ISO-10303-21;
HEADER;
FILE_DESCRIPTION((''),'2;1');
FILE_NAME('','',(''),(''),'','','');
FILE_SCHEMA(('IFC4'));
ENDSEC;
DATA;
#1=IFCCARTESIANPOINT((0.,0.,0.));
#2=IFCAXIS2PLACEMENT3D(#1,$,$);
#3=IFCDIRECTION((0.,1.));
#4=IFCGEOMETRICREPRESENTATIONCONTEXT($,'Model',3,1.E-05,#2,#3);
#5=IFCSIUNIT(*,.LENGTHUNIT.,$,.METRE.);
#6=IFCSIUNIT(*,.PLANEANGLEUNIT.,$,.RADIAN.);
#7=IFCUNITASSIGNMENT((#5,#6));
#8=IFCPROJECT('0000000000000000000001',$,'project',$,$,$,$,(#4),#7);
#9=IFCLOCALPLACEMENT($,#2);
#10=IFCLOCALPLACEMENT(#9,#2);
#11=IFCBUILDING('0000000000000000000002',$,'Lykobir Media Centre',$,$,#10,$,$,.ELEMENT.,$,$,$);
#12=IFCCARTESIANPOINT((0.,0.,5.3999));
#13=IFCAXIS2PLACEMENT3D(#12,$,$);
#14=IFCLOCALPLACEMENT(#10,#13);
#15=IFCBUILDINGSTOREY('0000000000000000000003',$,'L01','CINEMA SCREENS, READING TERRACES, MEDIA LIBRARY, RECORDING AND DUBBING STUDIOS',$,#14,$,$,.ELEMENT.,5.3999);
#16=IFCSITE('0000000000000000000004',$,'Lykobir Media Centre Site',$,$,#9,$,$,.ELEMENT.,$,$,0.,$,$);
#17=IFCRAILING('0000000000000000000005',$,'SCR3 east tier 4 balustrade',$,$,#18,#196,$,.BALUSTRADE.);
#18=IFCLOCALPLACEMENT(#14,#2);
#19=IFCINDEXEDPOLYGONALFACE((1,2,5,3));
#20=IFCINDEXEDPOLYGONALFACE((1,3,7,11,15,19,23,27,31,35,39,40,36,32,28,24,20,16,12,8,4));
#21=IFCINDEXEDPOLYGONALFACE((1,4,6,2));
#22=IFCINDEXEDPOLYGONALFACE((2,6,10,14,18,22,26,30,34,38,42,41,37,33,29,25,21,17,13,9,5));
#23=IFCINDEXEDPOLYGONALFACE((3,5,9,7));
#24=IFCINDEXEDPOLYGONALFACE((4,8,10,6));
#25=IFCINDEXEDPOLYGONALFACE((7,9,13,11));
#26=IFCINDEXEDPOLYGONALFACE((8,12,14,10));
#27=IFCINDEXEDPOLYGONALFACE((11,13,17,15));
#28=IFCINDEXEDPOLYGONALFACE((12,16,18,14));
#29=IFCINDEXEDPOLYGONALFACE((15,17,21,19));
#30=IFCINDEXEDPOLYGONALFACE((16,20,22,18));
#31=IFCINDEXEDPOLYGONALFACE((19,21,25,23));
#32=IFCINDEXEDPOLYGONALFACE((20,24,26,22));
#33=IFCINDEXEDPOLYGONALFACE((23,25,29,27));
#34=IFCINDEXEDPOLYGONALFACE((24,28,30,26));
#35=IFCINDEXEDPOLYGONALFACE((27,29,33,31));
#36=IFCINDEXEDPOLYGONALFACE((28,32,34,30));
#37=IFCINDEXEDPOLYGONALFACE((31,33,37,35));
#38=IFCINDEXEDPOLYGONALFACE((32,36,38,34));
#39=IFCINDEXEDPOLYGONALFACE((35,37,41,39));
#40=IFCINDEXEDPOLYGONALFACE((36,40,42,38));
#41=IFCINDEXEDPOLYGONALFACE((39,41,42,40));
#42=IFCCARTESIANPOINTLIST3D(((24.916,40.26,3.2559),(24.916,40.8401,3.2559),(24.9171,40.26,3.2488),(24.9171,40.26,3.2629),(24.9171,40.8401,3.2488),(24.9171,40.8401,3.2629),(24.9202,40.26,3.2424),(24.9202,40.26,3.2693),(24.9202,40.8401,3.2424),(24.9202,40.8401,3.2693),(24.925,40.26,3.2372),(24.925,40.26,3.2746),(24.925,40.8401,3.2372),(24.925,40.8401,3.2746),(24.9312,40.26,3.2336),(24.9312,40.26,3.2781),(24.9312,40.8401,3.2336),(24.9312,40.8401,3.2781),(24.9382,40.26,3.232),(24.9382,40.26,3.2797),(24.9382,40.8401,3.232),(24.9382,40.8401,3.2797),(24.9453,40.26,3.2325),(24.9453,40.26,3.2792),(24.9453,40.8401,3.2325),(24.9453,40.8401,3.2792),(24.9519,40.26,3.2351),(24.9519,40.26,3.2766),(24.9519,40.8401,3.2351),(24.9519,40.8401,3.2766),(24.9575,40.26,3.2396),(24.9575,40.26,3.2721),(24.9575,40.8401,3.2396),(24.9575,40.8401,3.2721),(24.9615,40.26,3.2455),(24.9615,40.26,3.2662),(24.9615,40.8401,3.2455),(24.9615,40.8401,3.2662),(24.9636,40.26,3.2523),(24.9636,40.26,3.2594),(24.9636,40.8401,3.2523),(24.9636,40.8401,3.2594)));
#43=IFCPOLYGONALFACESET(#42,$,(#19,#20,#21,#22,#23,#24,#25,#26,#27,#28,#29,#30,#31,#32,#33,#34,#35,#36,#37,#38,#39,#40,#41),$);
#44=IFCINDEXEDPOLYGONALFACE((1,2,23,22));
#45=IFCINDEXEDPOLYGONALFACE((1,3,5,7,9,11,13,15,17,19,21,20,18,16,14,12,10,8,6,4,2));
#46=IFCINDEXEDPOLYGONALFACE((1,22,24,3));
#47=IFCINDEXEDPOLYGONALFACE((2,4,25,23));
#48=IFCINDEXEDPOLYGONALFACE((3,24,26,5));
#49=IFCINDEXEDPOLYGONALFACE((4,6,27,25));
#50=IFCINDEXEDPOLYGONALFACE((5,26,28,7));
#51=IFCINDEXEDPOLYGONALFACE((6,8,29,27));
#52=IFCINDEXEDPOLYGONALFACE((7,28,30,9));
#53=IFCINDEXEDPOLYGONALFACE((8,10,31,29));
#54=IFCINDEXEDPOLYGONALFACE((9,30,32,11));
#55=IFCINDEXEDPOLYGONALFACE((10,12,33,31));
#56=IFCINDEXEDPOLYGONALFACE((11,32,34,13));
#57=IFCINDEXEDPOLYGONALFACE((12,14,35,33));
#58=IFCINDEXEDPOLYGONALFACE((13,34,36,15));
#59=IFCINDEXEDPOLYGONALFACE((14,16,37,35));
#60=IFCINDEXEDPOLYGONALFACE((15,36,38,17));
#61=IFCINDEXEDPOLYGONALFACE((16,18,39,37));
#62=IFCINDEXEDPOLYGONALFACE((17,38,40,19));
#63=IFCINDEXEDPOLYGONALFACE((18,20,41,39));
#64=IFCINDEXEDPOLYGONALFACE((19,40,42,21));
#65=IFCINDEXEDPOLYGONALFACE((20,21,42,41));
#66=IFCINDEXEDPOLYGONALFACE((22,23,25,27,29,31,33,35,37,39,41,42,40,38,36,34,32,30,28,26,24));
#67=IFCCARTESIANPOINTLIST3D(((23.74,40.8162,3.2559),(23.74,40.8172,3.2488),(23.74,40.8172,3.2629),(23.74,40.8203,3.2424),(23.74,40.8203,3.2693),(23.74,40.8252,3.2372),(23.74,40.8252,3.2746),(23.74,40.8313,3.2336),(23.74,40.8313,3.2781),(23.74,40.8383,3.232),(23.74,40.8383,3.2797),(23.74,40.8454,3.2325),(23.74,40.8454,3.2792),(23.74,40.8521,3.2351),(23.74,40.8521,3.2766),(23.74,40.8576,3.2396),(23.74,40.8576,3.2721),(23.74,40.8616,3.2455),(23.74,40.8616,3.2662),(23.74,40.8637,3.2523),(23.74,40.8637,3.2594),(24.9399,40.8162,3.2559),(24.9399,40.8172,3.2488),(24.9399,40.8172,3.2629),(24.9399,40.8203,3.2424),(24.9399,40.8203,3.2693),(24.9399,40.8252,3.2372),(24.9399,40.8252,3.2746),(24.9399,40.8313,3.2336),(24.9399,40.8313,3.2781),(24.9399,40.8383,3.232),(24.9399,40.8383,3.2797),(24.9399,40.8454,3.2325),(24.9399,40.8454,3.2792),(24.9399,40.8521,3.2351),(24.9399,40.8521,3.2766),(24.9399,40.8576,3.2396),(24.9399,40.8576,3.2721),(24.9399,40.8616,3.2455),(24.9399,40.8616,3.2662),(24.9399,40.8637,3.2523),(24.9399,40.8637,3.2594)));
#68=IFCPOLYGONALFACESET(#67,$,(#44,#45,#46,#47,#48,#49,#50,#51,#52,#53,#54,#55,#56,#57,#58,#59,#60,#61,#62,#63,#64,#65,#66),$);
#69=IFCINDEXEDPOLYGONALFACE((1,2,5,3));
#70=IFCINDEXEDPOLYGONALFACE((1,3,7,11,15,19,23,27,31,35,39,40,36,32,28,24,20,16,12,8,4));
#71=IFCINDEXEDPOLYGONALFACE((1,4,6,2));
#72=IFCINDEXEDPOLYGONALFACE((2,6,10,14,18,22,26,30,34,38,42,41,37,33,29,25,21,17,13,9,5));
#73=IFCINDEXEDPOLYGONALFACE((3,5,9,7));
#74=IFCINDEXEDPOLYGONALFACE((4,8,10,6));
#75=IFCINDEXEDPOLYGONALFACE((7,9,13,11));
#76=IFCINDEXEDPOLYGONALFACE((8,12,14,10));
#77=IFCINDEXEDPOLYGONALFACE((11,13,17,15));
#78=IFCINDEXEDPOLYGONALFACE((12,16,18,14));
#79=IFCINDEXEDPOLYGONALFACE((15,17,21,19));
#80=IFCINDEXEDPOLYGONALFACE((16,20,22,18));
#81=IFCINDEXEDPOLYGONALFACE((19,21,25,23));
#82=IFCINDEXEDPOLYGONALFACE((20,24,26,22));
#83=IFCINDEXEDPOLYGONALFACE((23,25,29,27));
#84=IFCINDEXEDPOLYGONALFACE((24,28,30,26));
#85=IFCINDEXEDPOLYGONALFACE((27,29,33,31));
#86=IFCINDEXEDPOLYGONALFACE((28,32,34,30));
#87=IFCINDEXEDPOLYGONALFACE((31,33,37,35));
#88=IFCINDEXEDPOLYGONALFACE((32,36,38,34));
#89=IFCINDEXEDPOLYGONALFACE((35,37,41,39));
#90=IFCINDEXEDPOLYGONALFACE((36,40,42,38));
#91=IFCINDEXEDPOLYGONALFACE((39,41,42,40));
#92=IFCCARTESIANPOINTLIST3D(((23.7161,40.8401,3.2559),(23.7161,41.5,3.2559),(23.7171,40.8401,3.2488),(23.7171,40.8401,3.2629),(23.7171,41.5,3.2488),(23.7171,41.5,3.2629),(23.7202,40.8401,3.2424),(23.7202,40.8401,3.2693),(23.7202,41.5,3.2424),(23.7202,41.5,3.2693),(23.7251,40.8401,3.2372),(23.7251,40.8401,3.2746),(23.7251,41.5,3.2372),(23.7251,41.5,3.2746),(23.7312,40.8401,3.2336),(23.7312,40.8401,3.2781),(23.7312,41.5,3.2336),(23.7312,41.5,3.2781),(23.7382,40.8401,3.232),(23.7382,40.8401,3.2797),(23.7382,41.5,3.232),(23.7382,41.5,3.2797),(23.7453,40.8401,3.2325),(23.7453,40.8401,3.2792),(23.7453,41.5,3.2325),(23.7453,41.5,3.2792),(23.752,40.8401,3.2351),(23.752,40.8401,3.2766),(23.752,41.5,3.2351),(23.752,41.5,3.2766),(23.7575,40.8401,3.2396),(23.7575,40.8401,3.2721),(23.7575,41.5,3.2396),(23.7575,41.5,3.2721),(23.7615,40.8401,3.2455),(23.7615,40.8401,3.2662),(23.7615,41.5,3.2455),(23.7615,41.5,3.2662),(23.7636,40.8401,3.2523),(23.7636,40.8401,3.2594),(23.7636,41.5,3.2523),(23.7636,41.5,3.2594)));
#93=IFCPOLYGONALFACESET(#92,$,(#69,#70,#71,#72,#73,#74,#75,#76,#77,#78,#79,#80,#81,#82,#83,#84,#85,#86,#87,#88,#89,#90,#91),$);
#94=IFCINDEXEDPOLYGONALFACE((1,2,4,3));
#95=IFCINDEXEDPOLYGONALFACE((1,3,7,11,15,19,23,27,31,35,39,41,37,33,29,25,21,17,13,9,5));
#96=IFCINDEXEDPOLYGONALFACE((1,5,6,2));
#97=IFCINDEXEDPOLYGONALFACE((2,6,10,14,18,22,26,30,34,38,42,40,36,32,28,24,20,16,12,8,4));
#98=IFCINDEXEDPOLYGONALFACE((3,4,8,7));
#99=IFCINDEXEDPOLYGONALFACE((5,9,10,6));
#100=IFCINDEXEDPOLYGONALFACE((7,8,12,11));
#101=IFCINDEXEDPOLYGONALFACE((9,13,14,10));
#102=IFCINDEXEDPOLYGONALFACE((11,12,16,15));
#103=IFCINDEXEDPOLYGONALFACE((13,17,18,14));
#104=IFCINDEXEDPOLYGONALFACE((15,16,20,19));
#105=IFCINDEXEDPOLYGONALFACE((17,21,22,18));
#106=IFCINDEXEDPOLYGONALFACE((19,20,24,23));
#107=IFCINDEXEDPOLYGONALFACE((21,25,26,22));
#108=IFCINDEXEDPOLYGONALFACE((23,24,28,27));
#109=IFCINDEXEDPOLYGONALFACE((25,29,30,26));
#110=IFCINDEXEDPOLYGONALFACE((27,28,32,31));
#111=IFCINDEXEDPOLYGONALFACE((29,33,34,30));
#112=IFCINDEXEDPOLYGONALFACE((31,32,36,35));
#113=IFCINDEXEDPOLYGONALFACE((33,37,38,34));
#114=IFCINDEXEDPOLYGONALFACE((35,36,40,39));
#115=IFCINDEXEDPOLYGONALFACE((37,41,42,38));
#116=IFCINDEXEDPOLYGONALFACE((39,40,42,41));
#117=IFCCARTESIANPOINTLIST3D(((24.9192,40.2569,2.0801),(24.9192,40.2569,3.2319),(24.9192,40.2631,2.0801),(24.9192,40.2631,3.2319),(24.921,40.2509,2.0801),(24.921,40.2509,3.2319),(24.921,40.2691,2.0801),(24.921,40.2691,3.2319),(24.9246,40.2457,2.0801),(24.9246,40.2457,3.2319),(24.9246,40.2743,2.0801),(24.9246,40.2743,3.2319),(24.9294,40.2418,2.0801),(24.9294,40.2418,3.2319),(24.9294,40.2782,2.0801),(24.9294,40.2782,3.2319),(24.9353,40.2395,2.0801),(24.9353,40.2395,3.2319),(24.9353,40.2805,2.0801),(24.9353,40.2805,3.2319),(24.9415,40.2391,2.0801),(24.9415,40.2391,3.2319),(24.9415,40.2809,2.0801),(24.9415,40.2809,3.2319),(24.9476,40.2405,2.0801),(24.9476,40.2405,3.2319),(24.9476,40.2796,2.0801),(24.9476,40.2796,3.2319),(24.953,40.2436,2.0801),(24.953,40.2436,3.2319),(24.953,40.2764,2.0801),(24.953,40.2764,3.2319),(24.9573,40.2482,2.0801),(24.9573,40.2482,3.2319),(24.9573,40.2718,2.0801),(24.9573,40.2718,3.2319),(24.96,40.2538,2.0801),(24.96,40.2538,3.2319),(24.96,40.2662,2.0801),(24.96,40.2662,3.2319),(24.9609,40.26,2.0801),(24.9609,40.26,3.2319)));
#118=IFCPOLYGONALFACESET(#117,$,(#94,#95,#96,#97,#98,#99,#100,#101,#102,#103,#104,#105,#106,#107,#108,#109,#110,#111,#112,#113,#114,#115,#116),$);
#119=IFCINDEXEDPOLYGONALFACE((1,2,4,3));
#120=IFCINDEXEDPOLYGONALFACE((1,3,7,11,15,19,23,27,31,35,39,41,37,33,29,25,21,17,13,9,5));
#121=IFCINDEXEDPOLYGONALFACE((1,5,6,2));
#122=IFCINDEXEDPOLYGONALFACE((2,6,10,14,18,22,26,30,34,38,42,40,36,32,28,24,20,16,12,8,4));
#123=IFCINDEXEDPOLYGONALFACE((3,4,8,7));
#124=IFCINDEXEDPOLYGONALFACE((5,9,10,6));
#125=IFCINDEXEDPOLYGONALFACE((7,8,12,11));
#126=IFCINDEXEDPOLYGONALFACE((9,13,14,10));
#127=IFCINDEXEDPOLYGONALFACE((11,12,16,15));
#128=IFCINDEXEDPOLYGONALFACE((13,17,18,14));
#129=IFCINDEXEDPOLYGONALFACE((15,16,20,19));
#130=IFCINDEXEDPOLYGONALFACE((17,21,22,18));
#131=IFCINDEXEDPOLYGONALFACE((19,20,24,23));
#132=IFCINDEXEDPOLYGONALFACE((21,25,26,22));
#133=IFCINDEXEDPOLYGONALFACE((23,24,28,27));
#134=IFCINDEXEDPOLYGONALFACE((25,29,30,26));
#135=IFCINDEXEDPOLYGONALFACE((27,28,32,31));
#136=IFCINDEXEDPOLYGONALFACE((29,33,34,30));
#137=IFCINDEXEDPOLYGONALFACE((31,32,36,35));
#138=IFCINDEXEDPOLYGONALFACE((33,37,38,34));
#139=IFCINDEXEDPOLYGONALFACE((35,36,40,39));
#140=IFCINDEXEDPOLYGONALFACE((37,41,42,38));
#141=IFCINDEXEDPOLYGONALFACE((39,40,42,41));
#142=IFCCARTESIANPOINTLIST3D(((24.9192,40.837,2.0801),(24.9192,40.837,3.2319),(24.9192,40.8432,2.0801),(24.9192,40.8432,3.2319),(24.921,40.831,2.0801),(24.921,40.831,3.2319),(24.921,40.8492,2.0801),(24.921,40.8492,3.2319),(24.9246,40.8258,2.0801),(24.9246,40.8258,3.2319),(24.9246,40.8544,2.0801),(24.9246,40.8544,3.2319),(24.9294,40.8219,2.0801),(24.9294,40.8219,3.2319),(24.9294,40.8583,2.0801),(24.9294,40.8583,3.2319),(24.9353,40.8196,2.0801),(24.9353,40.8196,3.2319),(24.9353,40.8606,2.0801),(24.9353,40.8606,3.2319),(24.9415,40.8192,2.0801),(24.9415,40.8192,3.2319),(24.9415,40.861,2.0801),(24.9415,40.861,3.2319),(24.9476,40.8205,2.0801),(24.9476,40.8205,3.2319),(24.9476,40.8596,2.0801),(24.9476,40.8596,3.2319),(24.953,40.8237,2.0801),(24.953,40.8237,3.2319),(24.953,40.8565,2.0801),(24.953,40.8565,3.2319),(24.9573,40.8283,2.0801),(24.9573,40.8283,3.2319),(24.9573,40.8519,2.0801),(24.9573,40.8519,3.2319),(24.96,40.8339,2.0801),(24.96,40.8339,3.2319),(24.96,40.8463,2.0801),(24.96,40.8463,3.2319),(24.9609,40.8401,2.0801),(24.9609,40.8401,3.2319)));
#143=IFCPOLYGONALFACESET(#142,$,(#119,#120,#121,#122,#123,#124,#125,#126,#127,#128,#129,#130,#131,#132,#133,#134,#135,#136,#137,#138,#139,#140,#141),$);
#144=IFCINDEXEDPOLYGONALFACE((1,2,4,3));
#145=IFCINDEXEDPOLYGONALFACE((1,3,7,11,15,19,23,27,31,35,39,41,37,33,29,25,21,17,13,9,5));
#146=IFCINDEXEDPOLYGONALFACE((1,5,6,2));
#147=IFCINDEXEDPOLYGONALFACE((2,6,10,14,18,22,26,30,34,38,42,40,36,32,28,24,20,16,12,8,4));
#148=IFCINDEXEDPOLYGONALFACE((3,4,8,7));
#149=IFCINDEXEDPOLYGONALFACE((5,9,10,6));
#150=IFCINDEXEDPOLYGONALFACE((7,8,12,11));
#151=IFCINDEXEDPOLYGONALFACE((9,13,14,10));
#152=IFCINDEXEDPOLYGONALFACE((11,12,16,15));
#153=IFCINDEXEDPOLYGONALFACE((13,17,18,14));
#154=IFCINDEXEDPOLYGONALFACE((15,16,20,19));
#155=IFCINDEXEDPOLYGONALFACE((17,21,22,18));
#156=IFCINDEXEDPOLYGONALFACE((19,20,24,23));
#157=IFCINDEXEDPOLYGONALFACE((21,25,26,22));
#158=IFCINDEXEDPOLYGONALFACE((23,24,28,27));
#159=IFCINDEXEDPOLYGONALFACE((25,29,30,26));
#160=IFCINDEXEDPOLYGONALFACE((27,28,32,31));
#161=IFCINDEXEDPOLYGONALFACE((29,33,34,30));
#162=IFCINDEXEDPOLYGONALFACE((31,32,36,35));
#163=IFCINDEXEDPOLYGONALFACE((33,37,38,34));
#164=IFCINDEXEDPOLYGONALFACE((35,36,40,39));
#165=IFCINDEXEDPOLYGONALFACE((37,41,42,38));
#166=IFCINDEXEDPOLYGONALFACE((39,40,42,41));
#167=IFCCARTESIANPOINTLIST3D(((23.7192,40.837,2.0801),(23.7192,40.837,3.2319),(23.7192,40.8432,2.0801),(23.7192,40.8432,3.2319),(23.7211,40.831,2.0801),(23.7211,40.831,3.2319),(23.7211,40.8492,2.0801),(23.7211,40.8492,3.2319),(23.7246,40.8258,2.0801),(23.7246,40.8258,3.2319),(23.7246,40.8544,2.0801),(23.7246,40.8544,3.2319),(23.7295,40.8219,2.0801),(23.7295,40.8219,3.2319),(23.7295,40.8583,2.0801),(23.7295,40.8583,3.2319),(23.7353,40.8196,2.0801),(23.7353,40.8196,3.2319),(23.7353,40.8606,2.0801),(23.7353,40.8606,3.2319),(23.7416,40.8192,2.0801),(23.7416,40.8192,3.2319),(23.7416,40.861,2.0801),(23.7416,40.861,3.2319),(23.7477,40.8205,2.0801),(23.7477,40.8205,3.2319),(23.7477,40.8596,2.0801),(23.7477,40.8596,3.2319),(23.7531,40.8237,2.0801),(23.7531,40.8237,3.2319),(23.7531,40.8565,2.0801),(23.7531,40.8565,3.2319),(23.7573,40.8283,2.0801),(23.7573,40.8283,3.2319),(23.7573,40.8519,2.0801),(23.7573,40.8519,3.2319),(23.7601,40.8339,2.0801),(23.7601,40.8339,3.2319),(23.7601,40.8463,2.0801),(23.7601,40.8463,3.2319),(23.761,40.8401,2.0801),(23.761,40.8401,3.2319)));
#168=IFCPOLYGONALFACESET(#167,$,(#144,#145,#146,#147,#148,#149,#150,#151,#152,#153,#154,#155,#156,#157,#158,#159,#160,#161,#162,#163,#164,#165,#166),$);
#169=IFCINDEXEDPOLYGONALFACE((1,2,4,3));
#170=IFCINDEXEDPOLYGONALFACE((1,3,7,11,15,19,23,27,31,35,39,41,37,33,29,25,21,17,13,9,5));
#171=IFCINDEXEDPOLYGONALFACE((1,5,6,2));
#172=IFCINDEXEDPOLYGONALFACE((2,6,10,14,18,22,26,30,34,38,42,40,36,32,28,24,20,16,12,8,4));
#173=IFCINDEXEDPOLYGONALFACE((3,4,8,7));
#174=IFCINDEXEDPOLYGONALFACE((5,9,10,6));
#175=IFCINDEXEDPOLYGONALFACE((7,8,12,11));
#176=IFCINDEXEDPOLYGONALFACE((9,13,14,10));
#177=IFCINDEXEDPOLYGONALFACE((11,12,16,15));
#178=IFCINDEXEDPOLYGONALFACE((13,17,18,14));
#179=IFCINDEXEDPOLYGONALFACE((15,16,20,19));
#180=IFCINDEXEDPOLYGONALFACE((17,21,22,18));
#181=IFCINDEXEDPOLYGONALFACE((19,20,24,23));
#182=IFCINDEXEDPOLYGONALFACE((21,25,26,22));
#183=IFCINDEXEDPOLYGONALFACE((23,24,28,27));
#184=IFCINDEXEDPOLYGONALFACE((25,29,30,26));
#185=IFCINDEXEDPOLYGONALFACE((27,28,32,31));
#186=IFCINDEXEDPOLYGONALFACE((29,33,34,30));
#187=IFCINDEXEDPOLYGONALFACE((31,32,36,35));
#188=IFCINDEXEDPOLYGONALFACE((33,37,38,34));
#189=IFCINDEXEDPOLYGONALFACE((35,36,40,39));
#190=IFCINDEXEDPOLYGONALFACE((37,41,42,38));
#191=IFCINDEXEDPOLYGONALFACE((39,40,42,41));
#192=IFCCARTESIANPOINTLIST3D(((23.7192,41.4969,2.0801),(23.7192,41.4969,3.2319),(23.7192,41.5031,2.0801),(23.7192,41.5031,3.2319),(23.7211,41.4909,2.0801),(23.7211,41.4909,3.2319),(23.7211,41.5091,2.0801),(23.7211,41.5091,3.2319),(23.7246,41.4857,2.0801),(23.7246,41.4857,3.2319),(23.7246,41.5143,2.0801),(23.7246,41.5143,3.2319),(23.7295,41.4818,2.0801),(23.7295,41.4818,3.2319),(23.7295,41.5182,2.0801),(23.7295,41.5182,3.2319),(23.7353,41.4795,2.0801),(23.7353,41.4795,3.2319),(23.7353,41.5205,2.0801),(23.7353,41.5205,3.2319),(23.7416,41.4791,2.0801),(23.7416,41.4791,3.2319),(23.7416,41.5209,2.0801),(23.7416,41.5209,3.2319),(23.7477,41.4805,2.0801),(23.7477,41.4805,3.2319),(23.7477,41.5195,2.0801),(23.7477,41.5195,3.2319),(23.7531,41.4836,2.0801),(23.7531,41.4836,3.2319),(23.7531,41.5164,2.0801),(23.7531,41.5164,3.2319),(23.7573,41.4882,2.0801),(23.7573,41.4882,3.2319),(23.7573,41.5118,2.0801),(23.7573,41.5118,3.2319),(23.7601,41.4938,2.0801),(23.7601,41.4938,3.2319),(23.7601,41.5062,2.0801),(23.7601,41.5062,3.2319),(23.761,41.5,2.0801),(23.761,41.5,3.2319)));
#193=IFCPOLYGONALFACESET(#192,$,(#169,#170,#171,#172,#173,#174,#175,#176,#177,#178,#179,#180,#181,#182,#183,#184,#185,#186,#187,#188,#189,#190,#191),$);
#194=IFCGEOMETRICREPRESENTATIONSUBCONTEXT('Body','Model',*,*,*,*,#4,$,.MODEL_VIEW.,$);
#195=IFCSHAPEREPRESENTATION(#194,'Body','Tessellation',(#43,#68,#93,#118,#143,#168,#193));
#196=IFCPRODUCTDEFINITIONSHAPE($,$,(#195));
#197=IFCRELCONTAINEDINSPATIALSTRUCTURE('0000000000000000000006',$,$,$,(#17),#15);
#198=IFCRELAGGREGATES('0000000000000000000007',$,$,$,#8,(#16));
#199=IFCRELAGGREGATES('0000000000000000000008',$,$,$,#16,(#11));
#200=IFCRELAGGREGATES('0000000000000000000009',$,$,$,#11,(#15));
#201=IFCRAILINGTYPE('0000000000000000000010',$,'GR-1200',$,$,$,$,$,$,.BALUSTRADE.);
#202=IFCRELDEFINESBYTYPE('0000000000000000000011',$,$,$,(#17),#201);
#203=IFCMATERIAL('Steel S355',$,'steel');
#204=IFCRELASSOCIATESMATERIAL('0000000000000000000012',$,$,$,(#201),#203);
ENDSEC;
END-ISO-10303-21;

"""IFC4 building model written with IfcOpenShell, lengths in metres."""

from ifc_helpers import new_model, si_unit, direction, frame, origin, origin_2d, place, context, subcontext, project, spatial, circle, extrude, material, type_object, element, save


model = new_model("IFC4")

# Units and contexts
model_context = context("Model", 3, precision=1e-05, world=origin(), true_north=direction((0.0, 1.0)))
body_context = subcontext(model_context, "Body", "Model", "MODEL_VIEW")
ifc_project = project(units=[si_unit("LENGTHUNIT", "METRE"), si_unit("PLANEANGLEUNIT", "RADIAN")], contexts=[model_context])

# Site, building, storey
site_placement = place(None, origin())
site = spatial("IfcSite", under=ifc_project, at=site_placement, Name="Lykobir Media Centre Site", CompositionType="ELEMENT", RefElevation=0.0)
building_placement = place(site_placement, origin())
building = spatial("IfcBuilding", under=site, at=building_placement, Name="Lykobir Media Centre", CompositionType="ELEMENT")
storey_placement = place(building_placement, frame((0.0, 0.0, 5.3999)))
storey = spatial("IfcBuildingStorey", under=building, at=storey_placement, Name="L01", Description="CINEMA SCREENS, READING TERRACES, MEDIA LIBRARY, RECORDING AND DUBBING STUDIOS", CompositionType="ELEMENT", Elevation=5.3999)

# Shared definitions
ifc_material = material(Name="Steel S355", Category="steel")

# Railing
railing_type = type_object("IfcRailingType", Name="GR-1200", PredefinedType="BALUSTRADE", material=ifc_material)
for number, where, name in (
    (1, (24.9399, 40.26, 2.0801), "SCR3 east tier 4 balustrade"),
):
    element("IfcRailing", number, at=place(storey_placement, frame(where)), inside=storey, type_object=railing_type, Name=name, PredefinedType="BALUSTRADE", context=body_context, shape_type="SweptSolid", body=[
        extrude(circle(Radius=0.0239, at=origin_2d()), frame((0.0, 0.0, 1.1758), z_axis=(0.0, 1.0, 0.0), x_axis=(-1.0, 0.0, 0.0)), (0.0, 0.0, 1.0), 0.5801),
        extrude(circle(Radius=0.0239, at=origin_2d()), frame((0.0, 0.5801, 1.1758), z_axis=(-1.0, 0.0, 0.0), x_axis=(0.0, -1.0, 0.0)), (0.0, 0.0, 1.0), 1.2),
        extrude(circle(Radius=0.0239, at=origin_2d()), frame((-1.2, 0.5801, 1.1758), z_axis=(0.0, 1.0, 0.0), x_axis=(-1.0, 0.0, 0.0)), (0.0, 0.0, 1.0), 0.6599),
        extrude(circle(Radius=0.021, at=origin_2d()), origin(), (0.0, 0.0, 1.0), 1.1519),
        extrude(circle(Radius=0.021, at=origin_2d()), frame((0.0, 0.5801, 0.0)), (0.0, 0.0, 1.0), 1.1519),
        extrude(circle(Radius=0.021, at=origin_2d()), frame((-1.2, 0.5801, 0.0)), (0.0, 0.0, 1.0), 1.1519),
        extrude(circle(Radius=0.021, at=origin_2d()), frame((-1.2, 1.24, 0.0)), (0.0, 0.0, 1.0), 1.1519),
    ])

save(model, "model.ifc")
